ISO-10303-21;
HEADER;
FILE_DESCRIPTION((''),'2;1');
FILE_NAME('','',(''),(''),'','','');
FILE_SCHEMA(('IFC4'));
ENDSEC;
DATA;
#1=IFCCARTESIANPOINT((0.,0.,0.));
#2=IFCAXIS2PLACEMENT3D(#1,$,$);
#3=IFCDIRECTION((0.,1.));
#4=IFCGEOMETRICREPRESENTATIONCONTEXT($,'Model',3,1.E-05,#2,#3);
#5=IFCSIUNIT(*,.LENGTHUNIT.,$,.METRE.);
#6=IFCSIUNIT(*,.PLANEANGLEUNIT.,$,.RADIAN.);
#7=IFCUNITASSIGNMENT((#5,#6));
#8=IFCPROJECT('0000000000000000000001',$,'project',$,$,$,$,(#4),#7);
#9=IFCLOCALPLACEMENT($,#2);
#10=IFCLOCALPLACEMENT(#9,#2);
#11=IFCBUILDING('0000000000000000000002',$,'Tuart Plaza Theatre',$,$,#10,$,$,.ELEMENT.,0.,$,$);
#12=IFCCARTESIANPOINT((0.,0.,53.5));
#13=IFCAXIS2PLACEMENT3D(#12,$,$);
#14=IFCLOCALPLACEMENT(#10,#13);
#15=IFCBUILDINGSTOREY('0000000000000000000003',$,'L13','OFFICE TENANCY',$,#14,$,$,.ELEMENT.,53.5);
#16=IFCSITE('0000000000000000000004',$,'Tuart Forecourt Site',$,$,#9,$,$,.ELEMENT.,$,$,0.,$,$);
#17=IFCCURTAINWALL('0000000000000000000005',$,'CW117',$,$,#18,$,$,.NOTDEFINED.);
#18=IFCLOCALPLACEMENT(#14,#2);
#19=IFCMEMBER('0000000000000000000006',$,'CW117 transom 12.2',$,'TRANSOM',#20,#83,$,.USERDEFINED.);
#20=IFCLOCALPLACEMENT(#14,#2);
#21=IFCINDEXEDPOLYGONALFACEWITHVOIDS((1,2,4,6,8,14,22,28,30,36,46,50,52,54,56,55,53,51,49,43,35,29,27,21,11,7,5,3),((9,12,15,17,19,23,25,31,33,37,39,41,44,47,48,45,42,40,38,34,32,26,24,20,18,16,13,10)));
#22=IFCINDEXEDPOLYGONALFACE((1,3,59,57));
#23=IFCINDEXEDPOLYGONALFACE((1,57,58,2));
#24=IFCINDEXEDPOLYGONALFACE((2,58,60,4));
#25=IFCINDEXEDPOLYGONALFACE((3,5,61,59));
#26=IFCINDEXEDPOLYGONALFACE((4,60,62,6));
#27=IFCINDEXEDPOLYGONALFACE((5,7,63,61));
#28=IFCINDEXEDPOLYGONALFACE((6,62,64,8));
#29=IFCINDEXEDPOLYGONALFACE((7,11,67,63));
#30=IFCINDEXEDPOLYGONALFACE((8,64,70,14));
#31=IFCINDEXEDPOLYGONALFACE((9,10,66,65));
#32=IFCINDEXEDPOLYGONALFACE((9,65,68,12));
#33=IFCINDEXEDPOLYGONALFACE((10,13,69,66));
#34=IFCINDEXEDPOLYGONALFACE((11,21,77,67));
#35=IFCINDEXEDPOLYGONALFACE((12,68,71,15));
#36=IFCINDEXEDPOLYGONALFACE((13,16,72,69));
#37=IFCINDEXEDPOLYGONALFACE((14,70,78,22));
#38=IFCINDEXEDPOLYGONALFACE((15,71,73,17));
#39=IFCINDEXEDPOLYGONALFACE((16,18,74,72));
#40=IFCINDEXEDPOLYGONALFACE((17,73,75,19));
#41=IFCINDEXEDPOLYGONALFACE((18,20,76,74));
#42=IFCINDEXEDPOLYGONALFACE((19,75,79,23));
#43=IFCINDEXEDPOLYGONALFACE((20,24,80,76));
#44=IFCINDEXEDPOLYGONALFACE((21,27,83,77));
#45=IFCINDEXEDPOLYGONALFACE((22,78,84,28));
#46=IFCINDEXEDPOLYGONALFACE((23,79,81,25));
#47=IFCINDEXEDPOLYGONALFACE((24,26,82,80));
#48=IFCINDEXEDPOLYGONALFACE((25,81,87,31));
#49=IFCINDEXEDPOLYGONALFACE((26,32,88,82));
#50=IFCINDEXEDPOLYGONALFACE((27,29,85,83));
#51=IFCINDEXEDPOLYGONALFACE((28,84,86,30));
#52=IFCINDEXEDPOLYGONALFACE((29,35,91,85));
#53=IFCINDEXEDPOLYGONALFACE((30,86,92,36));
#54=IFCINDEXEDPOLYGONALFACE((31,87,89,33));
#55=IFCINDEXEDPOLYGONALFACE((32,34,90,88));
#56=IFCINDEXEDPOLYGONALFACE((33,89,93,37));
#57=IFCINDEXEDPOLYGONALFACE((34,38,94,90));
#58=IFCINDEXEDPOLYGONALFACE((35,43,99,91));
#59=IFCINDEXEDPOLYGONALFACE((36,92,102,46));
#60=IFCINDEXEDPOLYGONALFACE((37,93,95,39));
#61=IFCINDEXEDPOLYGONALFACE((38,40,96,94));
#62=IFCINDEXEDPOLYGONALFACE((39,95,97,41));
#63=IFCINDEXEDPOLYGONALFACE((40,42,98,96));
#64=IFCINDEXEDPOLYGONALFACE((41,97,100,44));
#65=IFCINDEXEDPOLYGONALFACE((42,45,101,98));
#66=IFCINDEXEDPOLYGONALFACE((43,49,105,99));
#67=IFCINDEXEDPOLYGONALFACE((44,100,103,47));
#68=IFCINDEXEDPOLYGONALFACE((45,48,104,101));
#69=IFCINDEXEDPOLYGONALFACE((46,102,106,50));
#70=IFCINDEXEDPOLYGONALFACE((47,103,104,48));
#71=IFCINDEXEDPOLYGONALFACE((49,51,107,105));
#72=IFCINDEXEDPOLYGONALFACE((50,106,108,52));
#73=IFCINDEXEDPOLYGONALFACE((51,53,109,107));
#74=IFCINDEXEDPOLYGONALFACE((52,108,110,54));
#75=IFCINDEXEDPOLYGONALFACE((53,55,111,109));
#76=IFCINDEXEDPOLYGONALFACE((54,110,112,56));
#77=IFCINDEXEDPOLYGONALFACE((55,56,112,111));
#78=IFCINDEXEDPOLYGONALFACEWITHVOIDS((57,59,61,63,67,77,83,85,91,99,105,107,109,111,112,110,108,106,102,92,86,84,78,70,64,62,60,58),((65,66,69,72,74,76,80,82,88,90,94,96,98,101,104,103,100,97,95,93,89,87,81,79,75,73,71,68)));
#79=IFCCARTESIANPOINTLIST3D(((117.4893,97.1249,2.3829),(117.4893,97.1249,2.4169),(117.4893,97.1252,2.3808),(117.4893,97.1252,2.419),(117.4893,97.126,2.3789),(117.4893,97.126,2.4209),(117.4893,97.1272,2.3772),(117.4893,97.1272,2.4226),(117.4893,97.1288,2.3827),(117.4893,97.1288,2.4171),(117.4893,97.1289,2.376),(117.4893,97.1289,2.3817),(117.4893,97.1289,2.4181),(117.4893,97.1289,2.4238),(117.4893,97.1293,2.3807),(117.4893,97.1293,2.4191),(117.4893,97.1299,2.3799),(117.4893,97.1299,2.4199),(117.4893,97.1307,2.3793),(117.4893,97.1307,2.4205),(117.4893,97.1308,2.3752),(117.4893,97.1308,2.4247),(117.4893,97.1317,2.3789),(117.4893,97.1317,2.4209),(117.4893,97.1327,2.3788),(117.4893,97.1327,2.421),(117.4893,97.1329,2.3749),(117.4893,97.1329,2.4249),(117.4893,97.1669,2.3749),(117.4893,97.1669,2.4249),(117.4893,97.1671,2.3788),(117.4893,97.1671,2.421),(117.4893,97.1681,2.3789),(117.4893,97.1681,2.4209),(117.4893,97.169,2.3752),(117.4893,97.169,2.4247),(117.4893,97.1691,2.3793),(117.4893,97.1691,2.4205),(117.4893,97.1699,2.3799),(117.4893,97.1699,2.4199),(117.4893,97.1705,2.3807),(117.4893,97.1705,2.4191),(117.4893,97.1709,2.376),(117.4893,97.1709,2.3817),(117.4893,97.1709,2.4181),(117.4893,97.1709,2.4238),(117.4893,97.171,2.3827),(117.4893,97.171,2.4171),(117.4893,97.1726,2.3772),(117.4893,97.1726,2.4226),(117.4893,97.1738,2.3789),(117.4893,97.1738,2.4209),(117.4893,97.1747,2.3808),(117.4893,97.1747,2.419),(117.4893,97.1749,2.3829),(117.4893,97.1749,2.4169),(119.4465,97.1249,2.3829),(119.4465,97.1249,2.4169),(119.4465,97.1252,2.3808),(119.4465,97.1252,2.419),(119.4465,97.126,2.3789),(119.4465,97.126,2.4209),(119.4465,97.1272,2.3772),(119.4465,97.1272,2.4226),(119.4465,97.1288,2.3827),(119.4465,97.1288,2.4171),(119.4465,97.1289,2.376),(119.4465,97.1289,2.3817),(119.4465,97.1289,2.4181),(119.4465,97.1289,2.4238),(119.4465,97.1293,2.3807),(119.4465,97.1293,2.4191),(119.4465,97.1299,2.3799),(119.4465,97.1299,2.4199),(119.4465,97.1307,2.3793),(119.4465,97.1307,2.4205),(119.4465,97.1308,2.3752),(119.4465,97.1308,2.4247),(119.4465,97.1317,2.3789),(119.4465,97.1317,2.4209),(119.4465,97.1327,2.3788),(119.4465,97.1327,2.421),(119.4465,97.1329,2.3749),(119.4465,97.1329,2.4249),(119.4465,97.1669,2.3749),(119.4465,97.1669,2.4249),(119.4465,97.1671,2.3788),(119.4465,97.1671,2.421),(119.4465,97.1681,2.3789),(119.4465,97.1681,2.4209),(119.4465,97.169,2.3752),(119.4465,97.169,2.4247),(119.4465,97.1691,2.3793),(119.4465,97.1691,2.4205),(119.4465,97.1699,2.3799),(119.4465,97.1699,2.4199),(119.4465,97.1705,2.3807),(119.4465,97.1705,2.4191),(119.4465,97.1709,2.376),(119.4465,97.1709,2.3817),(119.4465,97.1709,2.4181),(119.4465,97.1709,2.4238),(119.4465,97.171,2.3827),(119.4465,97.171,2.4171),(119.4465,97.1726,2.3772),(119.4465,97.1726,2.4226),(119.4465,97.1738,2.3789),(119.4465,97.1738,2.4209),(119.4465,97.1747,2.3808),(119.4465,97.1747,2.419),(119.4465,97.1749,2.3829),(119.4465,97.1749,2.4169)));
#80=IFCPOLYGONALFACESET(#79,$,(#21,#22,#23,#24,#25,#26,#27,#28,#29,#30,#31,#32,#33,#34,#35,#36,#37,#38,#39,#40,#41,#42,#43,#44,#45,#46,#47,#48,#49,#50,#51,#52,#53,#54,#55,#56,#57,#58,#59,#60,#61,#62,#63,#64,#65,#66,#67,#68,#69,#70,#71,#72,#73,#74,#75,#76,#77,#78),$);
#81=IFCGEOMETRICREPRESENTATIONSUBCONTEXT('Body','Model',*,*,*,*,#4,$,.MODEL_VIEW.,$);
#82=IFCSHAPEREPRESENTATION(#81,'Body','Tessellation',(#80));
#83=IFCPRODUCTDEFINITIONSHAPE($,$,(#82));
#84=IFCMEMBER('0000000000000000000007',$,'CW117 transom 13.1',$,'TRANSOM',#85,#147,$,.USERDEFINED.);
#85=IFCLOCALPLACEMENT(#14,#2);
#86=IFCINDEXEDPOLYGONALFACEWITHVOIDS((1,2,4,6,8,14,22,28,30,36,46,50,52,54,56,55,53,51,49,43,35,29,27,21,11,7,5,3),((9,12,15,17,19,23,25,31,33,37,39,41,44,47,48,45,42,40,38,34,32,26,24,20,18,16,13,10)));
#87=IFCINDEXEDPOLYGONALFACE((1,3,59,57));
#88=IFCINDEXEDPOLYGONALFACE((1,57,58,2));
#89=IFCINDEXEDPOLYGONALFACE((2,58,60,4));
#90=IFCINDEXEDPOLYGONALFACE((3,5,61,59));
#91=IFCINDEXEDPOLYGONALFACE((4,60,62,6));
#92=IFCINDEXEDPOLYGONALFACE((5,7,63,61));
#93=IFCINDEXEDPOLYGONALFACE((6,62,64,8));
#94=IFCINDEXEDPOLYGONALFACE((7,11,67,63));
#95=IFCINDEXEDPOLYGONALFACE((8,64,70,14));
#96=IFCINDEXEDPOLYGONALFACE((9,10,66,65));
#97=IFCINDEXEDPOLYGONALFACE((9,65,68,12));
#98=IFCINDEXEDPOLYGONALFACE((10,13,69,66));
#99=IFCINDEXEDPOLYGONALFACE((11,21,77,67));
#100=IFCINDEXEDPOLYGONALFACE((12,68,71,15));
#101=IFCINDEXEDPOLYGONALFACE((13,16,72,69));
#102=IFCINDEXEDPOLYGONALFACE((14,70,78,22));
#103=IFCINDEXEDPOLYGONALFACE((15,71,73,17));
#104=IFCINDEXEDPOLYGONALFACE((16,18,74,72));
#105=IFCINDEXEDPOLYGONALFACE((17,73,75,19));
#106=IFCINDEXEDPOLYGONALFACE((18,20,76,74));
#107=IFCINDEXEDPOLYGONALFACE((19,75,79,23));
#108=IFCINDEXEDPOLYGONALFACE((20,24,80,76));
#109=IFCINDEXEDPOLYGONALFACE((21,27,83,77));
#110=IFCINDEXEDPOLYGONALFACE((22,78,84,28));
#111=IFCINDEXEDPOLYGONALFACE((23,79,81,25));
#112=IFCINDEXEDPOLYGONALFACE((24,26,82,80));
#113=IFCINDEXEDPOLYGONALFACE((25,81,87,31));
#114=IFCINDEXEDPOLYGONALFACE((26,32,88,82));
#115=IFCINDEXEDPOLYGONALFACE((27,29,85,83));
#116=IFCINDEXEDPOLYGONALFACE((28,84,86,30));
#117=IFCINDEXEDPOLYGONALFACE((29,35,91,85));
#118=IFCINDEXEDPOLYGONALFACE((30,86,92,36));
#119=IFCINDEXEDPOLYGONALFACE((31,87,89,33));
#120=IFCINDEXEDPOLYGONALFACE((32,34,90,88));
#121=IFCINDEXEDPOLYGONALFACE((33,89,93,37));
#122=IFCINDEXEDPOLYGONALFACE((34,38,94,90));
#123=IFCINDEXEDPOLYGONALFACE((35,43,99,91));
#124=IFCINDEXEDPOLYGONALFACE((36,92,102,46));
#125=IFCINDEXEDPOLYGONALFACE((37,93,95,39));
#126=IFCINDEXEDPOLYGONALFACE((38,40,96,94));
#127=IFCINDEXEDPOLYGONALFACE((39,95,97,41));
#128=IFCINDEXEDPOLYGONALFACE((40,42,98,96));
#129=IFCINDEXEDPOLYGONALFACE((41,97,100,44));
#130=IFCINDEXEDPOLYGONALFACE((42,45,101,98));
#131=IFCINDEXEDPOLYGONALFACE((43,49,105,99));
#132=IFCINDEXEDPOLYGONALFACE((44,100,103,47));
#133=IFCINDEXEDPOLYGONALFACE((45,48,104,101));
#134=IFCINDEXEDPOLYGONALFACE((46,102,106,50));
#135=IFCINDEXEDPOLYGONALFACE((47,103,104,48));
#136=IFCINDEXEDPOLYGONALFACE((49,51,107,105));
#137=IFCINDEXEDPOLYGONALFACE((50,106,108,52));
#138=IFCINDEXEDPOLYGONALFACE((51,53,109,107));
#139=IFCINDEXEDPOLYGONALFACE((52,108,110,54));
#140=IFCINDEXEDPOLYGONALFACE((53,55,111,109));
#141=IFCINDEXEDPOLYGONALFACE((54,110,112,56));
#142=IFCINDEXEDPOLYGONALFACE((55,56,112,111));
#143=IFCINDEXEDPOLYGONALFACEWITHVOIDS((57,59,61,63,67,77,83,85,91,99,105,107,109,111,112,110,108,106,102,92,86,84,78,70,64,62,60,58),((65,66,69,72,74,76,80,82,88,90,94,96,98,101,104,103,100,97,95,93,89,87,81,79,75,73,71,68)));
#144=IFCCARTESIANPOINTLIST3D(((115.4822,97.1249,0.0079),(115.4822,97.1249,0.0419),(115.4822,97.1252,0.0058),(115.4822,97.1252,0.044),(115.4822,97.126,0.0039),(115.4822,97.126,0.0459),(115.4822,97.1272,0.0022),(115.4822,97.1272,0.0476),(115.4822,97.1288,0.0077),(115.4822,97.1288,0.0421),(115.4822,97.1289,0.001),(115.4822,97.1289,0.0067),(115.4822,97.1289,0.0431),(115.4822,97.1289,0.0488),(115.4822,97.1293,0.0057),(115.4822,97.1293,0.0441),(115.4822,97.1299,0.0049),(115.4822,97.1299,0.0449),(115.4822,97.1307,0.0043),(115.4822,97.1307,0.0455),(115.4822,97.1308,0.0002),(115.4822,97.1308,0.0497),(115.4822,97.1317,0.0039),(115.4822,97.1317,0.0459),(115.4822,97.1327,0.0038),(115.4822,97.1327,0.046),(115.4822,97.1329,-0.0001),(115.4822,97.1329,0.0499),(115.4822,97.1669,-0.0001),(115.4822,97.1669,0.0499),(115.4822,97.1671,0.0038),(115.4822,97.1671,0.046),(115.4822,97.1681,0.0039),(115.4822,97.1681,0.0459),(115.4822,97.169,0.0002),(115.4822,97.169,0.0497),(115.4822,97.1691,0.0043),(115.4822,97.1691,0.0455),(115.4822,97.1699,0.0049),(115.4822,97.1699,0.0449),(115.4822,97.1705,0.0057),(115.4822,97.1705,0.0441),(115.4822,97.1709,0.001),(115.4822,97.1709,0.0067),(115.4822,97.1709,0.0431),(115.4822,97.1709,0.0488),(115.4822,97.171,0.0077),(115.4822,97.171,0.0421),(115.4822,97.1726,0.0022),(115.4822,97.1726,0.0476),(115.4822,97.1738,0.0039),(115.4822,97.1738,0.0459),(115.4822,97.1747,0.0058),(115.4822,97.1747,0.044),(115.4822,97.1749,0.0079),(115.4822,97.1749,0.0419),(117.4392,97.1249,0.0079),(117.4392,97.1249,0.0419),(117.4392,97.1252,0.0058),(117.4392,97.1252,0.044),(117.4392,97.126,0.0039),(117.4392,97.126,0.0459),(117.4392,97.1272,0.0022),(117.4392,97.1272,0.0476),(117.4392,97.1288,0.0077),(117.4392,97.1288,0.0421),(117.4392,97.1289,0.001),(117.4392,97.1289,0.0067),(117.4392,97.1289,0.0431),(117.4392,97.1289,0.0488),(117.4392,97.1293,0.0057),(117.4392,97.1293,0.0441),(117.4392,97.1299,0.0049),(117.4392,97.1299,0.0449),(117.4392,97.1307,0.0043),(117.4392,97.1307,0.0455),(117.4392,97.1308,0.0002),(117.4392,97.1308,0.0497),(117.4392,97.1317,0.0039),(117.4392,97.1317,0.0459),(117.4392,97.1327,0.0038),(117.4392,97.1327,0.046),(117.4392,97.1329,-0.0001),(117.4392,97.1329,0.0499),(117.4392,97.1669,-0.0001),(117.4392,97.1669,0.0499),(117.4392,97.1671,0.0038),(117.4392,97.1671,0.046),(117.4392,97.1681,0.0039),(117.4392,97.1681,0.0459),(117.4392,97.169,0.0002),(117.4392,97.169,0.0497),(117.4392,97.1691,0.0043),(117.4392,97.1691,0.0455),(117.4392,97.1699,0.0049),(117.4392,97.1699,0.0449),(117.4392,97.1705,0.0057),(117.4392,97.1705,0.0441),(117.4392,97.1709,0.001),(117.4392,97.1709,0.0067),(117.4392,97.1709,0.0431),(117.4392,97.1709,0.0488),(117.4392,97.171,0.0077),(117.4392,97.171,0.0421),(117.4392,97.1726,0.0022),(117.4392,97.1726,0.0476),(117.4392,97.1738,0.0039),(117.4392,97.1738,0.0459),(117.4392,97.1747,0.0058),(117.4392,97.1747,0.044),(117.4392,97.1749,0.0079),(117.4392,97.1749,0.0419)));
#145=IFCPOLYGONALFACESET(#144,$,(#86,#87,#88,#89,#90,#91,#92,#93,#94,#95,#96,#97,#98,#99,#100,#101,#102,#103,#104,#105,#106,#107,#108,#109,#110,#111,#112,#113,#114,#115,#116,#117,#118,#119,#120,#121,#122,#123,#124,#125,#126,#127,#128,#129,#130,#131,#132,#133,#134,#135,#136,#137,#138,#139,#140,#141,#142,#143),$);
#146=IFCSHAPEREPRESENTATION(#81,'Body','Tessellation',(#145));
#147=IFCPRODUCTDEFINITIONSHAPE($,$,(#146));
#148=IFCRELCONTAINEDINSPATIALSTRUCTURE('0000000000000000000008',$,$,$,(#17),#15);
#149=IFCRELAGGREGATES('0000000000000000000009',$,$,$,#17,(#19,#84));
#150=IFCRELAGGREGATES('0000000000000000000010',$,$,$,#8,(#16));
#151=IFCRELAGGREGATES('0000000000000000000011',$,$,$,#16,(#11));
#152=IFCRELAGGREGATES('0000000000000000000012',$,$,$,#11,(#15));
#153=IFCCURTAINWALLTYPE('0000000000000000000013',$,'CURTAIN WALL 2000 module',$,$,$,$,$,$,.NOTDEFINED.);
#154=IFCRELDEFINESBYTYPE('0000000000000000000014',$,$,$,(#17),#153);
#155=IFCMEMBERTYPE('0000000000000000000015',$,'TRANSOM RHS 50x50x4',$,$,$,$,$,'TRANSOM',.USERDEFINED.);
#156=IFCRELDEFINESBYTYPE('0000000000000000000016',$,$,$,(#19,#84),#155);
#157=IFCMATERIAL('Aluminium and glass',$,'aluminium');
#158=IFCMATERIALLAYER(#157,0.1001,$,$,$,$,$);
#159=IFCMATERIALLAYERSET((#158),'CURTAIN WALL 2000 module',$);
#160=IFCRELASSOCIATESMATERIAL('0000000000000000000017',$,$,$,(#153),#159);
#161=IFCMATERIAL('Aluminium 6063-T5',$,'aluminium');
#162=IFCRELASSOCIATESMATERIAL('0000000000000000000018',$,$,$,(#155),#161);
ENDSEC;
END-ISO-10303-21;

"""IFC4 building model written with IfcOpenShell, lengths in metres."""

from ifc_helpers import new_model, si_unit, direction, frame, origin, origin_2d, place, context, subcontext, project, spatial, hollow_rectangle, extrude, material, layer, layer_set, material_profile, profile_set, type_object, element, aggregate, save


model = new_model("IFC4")

# Units and contexts
model_context = context("Model", 3, precision=1e-05, world=origin(), true_north=direction((0.0, 1.0)))
body_context = subcontext(model_context, "Body", "Model", "MODEL_VIEW")
ifc_project = project(units=[si_unit("LENGTHUNIT", "METRE"), si_unit("PLANEANGLEUNIT", "RADIAN")], contexts=[model_context])

# Site, building, storey
site_placement = place(None, origin())
site = spatial("IfcSite", under=ifc_project, at=site_placement, Name="Tuart Forecourt Site", CompositionType="ELEMENT", RefElevation=0.0)
building_placement = place(site_placement, origin())
building = spatial("IfcBuilding", under=site, at=building_placement, Name="Tuart Plaza Theatre", CompositionType="ELEMENT", ElevationOfRefHeight=0.0)
storey_placement = place(building_placement, frame((0.0, 0.0, 53.5)))
storey = spatial("IfcBuildingStorey", under=building, at=storey_placement, Name="L13", Description="OFFICE TENANCY", CompositionType="ELEMENT", Elevation=53.5)

# Curtain wall, members
ifc_material_1 = material(Name="Aluminium and glass", Category="aluminium")
ifc_layer_1 = layer(ifc_material_1, 0.1001)
ifc_layer_set_1 = layer_set([ifc_layer_1], Name="CURTAIN WALL 2000 module")
curtain_wall_type = type_object("IfcCurtainWallType", Name="CURTAIN WALL 2000 module", PredefinedType="NOTDEFINED", material=ifc_layer_set_1)
curtain_wall_placement = place(storey_placement, origin())
curtain_wall = element("IfcCurtainWall", 1, at=curtain_wall_placement, inside=storey, type_object=curtain_wall_type, Name="CW117", PredefinedType="NOTDEFINED")
ifc_material_2 = material(Name="Aluminium 6063-T5", Category="aluminium")
ifc_material_profile_1 = material_profile(ifc_material_2, hollow_rectangle(XDim=0.05, YDim=0.05, WallThickness=0.0039, InnerFilletRadius=0.0039, OuterFilletRadius=0.0081, at=origin_2d()), Name="RHS 50x50x4")
ifc_profile_set_1 = profile_set([ifc_material_profile_1], Name="Aluminium 6063-T5")
member_type_1 = type_object("IfcMemberType", Name="TRANSOM RHS 50x50x4", ElementType="TRANSOM", PredefinedType="USERDEFINED", material=ifc_profile_set_1)
member_1_placement = place(storey_placement, frame((119.4465, 97.1499, 2.3999), z_axis=(-1.0, 0.0, 0.0), x_axis=(0.0, -1.0, 0.0)))
member_1 = element("IfcMember", 2, at=member_1_placement, type_object=member_type_1, Name="CW117 transom 12.2", ObjectType="TRANSOM", PredefinedType="USERDEFINED", context=body_context, shape_type="SweptSolid", body=[
    extrude(hollow_rectangle(XDim=0.05, YDim=0.05, WallThickness=0.0039, InnerFilletRadius=0.0039, OuterFilletRadius=0.0081, at=origin_2d()), origin(), (0.0, 0.0, 1.0), 1.9573),
])
member_2_placement = place(storey_placement, frame((117.4392, 97.1499, 0.0249), z_axis=(-1.0, 0.0, 0.0), x_axis=(0.0, -1.0, 0.0)))
member_2 = element("IfcMember", 3, at=member_2_placement, type_object=member_type_1, Name="CW117 transom 13.1", ObjectType="TRANSOM", PredefinedType="USERDEFINED", context=body_context, shape_type="SweptSolid", body=[
    extrude(hollow_rectangle(XDim=0.05, YDim=0.05, WallThickness=0.0039, InnerFilletRadius=0.0039, OuterFilletRadius=0.0081, at=origin_2d()), origin(), (0.0, 0.0, 1.0), 1.957),
])
aggregate(curtain_wall, [member_1, member_2])

save(model, "model.ifc")
